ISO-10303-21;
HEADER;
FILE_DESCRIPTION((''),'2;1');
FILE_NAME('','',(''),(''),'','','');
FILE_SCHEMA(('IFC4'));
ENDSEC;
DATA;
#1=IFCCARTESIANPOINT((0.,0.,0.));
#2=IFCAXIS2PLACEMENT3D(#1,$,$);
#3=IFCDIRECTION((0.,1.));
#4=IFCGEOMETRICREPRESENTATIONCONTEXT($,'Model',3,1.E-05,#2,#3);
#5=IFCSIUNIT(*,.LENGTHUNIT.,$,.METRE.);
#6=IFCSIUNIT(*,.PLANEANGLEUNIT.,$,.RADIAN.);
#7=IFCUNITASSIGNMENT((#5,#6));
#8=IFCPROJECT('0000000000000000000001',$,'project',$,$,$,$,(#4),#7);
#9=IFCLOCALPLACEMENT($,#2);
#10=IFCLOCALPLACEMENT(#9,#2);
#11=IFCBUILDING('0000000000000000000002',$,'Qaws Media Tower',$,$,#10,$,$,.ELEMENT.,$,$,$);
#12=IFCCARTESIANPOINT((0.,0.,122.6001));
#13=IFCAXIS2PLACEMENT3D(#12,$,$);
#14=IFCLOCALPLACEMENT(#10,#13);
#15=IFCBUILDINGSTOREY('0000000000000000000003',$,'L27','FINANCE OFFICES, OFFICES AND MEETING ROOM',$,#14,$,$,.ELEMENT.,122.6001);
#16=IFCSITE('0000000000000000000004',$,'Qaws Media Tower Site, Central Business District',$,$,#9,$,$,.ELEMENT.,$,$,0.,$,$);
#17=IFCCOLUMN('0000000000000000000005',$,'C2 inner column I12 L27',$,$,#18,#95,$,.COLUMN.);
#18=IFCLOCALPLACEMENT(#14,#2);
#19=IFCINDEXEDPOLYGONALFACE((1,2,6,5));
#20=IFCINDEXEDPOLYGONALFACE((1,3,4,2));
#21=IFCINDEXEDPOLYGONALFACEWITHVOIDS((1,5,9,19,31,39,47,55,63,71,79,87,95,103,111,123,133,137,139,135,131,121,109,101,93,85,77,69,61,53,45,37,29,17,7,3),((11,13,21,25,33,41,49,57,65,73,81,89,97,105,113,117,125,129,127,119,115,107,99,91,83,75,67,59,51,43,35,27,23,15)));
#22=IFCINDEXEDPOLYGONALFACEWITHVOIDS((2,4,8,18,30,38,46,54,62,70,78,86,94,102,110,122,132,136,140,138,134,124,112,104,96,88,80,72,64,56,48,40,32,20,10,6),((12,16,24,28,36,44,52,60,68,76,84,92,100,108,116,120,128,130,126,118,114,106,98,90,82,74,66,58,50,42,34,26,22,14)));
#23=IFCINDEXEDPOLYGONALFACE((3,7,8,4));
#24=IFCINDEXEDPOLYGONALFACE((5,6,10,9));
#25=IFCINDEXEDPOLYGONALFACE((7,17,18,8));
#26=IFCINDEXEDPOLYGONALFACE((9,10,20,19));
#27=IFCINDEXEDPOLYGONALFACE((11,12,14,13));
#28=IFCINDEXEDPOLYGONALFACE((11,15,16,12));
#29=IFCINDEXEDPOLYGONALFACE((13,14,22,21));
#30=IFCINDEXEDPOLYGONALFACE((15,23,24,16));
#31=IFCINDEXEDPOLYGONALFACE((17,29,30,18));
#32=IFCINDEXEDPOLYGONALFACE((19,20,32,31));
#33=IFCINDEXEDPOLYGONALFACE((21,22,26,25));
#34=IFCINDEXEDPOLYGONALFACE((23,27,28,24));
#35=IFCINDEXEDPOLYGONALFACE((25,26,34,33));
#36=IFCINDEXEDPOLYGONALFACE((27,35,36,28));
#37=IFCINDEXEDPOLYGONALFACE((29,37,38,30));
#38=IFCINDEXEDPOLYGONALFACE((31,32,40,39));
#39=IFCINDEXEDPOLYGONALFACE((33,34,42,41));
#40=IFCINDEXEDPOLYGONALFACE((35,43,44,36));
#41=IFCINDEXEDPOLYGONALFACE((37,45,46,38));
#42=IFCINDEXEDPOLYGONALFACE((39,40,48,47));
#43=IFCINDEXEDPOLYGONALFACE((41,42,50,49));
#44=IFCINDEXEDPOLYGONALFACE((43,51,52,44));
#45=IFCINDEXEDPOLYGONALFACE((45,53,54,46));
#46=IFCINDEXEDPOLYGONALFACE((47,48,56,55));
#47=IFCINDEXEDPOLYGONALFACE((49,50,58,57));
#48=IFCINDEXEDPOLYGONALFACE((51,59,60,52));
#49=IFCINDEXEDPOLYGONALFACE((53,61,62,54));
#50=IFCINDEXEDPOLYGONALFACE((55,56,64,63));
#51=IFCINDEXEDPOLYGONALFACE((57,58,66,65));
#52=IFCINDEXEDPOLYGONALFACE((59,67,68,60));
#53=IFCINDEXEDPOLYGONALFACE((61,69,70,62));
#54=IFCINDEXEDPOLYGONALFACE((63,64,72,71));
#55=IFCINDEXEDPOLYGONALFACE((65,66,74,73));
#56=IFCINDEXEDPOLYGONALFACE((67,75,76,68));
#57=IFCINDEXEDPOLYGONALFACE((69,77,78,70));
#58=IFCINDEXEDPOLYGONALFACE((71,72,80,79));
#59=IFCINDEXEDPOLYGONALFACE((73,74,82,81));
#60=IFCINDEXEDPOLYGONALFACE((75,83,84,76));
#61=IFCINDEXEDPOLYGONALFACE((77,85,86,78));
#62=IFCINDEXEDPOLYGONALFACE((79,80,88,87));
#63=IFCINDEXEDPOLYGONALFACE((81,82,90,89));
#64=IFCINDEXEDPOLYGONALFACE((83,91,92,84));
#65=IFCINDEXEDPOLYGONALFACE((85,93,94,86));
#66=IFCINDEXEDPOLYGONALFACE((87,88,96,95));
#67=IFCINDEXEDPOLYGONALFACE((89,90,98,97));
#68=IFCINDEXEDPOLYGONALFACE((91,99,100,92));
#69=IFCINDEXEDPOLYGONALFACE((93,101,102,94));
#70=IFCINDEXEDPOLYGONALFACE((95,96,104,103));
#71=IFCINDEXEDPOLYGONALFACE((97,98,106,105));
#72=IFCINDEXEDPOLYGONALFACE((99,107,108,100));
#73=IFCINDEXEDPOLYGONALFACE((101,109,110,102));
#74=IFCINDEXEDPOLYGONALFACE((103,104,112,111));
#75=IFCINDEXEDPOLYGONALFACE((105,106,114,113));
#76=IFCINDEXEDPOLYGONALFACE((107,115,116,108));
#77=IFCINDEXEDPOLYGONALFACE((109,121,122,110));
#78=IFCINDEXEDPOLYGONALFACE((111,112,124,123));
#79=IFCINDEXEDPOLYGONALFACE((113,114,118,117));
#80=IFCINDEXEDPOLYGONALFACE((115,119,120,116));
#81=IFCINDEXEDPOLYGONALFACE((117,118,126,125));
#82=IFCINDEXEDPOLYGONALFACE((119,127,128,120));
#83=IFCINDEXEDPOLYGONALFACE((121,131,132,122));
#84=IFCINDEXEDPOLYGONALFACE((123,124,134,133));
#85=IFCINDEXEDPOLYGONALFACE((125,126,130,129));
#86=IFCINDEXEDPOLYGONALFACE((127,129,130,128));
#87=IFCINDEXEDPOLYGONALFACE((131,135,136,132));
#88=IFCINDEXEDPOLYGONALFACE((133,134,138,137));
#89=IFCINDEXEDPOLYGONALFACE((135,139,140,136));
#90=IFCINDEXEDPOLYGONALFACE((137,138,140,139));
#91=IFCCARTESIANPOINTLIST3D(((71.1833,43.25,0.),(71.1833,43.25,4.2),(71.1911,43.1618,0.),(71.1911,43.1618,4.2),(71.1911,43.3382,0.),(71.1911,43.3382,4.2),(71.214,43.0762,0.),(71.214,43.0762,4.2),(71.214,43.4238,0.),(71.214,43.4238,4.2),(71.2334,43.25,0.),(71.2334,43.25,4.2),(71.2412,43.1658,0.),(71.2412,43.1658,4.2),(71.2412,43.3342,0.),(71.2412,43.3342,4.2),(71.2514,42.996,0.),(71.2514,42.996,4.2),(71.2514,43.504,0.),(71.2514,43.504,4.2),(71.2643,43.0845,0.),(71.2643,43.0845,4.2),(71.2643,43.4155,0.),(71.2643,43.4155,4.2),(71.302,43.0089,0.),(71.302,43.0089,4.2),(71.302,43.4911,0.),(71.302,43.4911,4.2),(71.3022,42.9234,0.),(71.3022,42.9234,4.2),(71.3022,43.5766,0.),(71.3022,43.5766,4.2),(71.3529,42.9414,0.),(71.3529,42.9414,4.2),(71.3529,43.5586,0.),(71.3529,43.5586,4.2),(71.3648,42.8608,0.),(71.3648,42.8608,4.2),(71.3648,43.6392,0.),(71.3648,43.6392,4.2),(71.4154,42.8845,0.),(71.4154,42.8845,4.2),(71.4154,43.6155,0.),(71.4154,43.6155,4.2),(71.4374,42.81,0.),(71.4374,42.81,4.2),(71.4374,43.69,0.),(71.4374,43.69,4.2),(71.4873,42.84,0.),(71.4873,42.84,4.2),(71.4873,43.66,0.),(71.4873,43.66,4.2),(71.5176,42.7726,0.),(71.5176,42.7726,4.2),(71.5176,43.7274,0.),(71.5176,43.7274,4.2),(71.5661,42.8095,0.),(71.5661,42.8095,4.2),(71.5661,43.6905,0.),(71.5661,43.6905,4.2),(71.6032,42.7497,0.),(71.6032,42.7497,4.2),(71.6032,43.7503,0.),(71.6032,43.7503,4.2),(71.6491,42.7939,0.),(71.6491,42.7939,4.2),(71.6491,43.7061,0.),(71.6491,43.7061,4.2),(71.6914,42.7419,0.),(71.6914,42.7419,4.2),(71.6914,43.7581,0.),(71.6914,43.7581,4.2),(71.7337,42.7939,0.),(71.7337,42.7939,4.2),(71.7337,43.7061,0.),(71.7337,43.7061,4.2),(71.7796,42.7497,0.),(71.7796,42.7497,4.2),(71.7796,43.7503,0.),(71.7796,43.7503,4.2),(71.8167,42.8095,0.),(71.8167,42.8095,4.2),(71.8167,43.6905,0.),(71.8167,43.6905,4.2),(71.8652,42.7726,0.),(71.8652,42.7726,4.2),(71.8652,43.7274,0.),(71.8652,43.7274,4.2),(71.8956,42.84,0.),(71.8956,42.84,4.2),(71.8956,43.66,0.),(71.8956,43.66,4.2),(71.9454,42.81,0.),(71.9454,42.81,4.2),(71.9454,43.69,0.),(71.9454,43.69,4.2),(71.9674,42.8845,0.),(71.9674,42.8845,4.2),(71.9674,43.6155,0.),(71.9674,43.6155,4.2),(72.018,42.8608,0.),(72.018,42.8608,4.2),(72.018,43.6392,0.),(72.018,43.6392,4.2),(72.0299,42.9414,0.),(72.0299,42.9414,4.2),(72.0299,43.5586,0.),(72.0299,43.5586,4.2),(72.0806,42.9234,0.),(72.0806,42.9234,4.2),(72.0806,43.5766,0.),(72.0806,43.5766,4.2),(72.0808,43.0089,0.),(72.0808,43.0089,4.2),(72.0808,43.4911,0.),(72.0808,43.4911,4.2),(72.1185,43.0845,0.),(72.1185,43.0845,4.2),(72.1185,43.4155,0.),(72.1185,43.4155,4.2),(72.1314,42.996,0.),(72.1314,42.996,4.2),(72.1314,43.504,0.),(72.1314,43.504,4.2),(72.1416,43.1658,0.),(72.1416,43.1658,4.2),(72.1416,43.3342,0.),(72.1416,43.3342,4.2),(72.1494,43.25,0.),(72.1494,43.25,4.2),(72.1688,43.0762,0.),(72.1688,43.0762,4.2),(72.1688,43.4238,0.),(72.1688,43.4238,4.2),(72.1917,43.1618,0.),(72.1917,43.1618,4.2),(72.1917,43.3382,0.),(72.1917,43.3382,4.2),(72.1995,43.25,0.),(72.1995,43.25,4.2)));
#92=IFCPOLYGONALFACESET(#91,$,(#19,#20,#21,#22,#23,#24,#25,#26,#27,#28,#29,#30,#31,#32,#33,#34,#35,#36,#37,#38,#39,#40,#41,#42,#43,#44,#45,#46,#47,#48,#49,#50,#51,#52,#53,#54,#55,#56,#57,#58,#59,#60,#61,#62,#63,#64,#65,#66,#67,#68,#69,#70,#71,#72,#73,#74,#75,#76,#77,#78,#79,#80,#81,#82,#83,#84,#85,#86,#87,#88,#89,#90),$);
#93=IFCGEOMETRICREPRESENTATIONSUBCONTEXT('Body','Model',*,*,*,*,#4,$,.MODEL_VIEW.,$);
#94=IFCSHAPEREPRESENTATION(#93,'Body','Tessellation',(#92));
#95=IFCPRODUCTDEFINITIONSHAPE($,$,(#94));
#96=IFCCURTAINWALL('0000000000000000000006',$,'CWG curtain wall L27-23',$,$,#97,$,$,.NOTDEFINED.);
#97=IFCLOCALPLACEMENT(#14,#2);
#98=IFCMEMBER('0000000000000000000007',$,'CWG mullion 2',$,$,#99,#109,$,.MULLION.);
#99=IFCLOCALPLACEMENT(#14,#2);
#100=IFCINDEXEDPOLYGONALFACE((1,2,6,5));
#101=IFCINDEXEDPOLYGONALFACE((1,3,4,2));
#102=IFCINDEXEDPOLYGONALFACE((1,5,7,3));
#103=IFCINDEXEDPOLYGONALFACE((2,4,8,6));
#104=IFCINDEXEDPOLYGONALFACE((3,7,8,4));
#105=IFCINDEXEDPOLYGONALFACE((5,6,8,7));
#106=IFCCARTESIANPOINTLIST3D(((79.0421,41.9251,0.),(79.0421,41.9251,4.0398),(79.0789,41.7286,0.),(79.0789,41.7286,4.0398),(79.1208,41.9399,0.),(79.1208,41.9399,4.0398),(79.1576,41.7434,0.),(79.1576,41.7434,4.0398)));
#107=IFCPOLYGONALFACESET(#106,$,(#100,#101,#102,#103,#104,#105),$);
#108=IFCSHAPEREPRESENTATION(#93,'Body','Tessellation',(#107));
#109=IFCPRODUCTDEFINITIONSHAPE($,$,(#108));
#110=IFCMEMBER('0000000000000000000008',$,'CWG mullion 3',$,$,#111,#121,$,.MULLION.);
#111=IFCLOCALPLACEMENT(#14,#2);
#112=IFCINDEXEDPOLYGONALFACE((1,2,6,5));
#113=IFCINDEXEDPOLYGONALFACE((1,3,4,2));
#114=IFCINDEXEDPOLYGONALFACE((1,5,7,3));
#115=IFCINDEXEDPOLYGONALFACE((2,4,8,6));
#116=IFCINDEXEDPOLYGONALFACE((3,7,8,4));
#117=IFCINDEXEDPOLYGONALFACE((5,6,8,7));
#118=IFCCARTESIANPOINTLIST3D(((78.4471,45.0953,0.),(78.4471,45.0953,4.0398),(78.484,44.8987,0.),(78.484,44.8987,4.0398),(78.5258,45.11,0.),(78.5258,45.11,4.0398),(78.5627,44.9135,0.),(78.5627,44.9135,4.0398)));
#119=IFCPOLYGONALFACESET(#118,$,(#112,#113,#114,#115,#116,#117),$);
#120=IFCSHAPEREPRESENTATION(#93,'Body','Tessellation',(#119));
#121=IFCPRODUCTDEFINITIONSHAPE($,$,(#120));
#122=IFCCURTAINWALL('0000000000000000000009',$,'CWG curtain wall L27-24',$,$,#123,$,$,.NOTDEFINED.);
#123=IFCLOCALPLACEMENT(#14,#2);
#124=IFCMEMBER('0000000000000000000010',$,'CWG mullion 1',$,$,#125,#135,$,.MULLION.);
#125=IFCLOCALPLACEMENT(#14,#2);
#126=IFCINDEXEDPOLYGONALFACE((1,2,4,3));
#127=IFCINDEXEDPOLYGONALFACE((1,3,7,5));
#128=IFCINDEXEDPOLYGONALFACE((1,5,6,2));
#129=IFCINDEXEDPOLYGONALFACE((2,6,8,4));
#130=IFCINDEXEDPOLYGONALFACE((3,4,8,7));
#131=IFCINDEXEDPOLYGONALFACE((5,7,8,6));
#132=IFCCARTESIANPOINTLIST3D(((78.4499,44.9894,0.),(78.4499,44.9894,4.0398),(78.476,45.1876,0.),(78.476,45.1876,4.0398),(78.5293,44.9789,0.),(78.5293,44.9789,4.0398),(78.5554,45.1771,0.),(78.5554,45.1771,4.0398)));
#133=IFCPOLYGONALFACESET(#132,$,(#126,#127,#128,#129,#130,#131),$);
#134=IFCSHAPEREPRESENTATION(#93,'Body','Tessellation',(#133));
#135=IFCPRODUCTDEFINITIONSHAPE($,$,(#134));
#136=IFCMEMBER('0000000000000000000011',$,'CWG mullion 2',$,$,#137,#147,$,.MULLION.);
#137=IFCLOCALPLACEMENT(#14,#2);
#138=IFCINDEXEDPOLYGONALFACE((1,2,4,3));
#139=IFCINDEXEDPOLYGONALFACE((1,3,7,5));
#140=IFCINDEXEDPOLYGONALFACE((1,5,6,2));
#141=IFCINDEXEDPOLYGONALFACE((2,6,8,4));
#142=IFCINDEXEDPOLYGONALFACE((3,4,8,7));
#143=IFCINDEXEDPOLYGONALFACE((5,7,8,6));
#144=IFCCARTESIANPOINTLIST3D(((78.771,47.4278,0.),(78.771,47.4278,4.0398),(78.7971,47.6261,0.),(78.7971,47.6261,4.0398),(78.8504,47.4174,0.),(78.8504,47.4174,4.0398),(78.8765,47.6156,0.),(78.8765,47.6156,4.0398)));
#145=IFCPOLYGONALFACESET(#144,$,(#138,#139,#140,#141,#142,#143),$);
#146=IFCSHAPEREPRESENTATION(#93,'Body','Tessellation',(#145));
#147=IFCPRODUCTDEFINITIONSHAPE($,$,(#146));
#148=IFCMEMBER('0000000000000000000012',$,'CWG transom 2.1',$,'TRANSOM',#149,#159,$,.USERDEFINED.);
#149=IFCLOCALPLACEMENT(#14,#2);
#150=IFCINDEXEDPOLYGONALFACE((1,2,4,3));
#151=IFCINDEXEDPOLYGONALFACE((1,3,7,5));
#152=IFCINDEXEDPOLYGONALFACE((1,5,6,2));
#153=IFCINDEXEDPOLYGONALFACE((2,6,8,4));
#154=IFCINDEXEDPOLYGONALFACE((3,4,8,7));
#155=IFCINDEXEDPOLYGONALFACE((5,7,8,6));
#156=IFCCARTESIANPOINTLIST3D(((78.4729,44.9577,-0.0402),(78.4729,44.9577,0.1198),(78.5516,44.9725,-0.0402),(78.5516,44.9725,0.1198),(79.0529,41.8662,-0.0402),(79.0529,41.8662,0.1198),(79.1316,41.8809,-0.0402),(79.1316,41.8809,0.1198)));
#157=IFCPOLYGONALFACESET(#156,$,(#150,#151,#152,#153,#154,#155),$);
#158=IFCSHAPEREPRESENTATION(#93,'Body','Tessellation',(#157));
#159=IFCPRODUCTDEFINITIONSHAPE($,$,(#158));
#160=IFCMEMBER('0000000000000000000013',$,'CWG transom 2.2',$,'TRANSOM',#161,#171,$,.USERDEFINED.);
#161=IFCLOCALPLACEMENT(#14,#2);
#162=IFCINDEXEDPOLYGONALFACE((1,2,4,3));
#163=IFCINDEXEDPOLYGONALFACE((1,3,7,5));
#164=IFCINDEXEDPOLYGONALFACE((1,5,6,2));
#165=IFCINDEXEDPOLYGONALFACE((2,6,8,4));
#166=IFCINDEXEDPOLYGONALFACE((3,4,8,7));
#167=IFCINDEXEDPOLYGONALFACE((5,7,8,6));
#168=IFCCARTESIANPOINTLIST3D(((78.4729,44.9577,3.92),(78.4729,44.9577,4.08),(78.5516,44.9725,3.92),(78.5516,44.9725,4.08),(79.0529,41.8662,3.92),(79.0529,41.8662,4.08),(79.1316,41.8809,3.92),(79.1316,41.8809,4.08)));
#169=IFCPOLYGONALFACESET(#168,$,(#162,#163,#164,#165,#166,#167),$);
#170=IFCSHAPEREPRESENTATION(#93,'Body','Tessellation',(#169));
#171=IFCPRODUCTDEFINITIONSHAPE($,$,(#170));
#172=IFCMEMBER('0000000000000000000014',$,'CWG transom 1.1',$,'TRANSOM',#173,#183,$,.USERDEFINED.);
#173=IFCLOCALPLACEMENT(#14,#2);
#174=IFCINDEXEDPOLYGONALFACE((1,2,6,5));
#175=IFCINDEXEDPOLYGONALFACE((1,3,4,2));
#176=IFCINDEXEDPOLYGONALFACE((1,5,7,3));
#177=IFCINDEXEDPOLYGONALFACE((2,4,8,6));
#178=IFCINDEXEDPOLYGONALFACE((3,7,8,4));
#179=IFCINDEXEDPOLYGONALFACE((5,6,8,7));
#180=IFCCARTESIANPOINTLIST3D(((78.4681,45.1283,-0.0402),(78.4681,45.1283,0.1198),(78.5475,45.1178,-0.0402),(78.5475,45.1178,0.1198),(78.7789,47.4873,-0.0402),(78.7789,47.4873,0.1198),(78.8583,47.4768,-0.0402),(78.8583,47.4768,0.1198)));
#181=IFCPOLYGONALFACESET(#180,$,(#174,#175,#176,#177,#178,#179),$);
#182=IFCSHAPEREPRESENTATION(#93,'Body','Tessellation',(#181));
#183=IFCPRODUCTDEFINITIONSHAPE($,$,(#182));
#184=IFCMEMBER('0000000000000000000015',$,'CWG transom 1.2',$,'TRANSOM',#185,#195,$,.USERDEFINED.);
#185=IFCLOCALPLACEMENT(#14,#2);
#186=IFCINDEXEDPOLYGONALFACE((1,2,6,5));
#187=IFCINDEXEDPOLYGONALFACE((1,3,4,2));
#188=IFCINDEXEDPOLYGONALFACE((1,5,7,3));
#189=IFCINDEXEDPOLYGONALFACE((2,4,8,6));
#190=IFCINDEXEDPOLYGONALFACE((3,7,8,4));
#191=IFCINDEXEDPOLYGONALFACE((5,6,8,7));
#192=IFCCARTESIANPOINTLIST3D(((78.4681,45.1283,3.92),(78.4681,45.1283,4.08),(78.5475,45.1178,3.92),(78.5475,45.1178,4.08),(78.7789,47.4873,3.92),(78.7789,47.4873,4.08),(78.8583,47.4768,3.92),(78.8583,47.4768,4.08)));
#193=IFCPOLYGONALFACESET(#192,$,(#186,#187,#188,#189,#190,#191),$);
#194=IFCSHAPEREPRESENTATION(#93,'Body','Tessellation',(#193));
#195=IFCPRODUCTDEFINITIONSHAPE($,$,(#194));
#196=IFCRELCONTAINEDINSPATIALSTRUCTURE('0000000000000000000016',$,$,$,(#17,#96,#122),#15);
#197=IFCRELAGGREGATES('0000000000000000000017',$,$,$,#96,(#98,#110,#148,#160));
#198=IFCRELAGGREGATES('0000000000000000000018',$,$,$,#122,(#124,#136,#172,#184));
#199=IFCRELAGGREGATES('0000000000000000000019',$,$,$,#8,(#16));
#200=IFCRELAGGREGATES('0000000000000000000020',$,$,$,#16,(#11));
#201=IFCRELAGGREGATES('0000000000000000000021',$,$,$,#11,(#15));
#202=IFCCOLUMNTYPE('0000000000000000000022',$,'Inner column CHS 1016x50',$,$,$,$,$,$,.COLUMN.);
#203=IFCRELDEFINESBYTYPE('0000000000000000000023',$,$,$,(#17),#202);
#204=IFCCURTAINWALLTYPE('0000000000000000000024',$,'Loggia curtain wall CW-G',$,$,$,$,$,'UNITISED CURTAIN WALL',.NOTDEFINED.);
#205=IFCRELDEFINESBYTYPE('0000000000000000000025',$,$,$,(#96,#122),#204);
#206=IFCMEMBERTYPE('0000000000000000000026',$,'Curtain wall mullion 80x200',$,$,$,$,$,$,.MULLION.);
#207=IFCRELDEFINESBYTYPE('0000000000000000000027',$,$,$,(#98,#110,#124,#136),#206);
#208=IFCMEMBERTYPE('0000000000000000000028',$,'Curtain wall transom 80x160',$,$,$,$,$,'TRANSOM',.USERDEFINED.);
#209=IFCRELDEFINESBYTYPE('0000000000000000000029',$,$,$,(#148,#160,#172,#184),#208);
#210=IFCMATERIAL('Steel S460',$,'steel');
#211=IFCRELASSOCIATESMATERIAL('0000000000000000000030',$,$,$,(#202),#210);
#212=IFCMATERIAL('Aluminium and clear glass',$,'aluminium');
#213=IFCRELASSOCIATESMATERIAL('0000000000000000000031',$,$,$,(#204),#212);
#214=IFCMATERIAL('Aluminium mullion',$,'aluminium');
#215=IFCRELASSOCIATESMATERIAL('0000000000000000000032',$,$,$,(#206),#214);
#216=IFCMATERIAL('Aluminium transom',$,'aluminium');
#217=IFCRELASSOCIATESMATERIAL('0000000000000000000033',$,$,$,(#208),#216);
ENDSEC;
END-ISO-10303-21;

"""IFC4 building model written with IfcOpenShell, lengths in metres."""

from ifc_helpers import new_model, si_unit, direction, frame, origin, origin_2d, place, context, subcontext, project, spatial, rectangle, hollow_circle, extrude, material, material_profile, profile_set, type_object, element, aggregate, save


model = new_model("IFC4")

# Units and contexts
model_context = context("Model", 3, precision=1e-05, world=origin(), true_north=direction((0.0, 1.0)))
body_context = subcontext(model_context, "Body", "Model", "MODEL_VIEW")
ifc_project = project(units=[si_unit("LENGTHUNIT", "METRE"), si_unit("PLANEANGLEUNIT", "RADIAN")], contexts=[model_context])

# Site, building, storey
site_placement = place(None, origin())
site = spatial("IfcSite", under=ifc_project, at=site_placement, Name="Qaws Media Tower Site, Central Business District", CompositionType="ELEMENT", RefElevation=0.0)
building_placement = place(site_placement, origin())
building = spatial("IfcBuilding", under=site, at=building_placement, Name="Qaws Media Tower", CompositionType="ELEMENT")
storey_placement = place(building_placement, frame((0.0, 0.0, 122.6001)))
storey = spatial("IfcBuildingStorey", under=building, at=storey_placement, Name="L27", Description="FINANCE OFFICES, OFFICES AND MEETING ROOM", CompositionType="ELEMENT", Elevation=122.6001)

# Column
ifc_material_1 = material(Name="Steel S460", Category="steel")
ifc_material_profile_1 = material_profile(ifc_material_1, hollow_circle(Radius=0.5081, WallThickness=0.05, at=origin_2d()), Name="CHS 1016x50")
ifc_profile_set_1 = profile_set([ifc_material_profile_1], Name="Steel S460")
column_type = type_object("IfcColumnType", Name="Inner column CHS 1016x50", PredefinedType="COLUMN", material=ifc_profile_set_1)
column_placement = place(storey_placement, frame((71.6914, 43.25, 0.0), z_axis=(0.0, 0.0, 1.0), x_axis=(1.0, 0.0, 0.0)))
element("IfcColumn", 1, at=column_placement, inside=storey, type_object=column_type, Name="C2 inner column I12 L27", PredefinedType="COLUMN", context=body_context, shape_type="SweptSolid", body=[
    extrude(hollow_circle(Radius=0.5081, WallThickness=0.05, at=origin_2d()), origin(), (0.0, 0.0, 1.0), 4.2),
])

# Curtain walls, members
ifc_material_2 = material(Name="Aluminium and clear glass", Category="aluminium")
curtain_wall_type = type_object("IfcCurtainWallType", Name="Loggia curtain wall CW-G", ElementType="UNITISED CURTAIN WALL", PredefinedType="NOTDEFINED", material=ifc_material_2)
curtain_wall_1_placement = place(storey_placement, origin())
curtain_wall_1 = element("IfcCurtainWall", 2, at=curtain_wall_1_placement, inside=storey, type_object=curtain_wall_type, Name="CWG curtain wall L27-23", PredefinedType="NOTDEFINED")
ifc_material_3 = material(Name="Aluminium mullion", Category="aluminium")
ifc_material_profile_2 = material_profile(ifc_material_3, rectangle(XDim=0.0801, YDim=0.2, at=origin_2d()), Name="80x200")
ifc_profile_set_2 = profile_set([ifc_material_profile_2], Name="Aluminium mullion")
member_type_1 = type_object("IfcMemberType", Name="Curtain wall mullion 80x200", PredefinedType="MULLION", material=ifc_profile_set_2)
member_1_placement = place(storey_placement, frame((79.0999, 41.8342, 0.0), z_axis=(0.0, 0.0, 1.0), x_axis=(-0.982841, -0.184452, 0.0)))
member_1 = element("IfcMember", 3, at=member_1_placement, type_object=member_type_1, Name="CWG mullion 2", PredefinedType="MULLION", context=body_context, shape_type="SweptSolid", body=[
    extrude(rectangle(XDim=0.0801, YDim=0.2, at=origin_2d()), origin(), (0.0, 0.0, 1.0), 4.0398),
])
member_2_placement = place(storey_placement, frame((78.5049, 45.0044, 0.0), z_axis=(0.0, 0.0, 1.0), x_axis=(-0.982841, -0.184452, 0.0)))
member_2 = element("IfcMember", 4, at=member_2_placement, type_object=member_type_1, Name="CWG mullion 3", PredefinedType="MULLION", context=body_context, shape_type="SweptSolid", body=[
    extrude(rectangle(XDim=0.0801, YDim=0.2, at=origin_2d()), origin(), (0.0, 0.0, 1.0), 4.0398),
])
curtain_wall_2_placement = place(storey_placement, origin())
curtain_wall_2 = element("IfcCurtainWall", 5, at=curtain_wall_2_placement, inside=storey, type_object=curtain_wall_type, Name="CWG curtain wall L27-24", PredefinedType="NOTDEFINED")
member_3_placement = place(storey_placement, frame((78.5027, 45.0833, 0.0), z_axis=(0.0, 0.0, 1.0), x_axis=(-0.991445, 0.130526, 0.0)))
member_3 = element("IfcMember", 6, at=member_3_placement, type_object=member_type_1, Name="CWG mullion 1", PredefinedType="MULLION", context=body_context, shape_type="SweptSolid", body=[
    extrude(rectangle(XDim=0.0801, YDim=0.2, at=origin_2d()), origin(), (0.0, 0.0, 1.0), 4.0398),
])
member_4_placement = place(storey_placement, frame((78.8237, 47.5217, 0.0), z_axis=(0.0, 0.0, 1.0), x_axis=(-0.991445, 0.130526, 0.0)))
member_4 = element("IfcMember", 7, at=member_4_placement, type_object=member_type_1, Name="CWG mullion 2", PredefinedType="MULLION", context=body_context, shape_type="SweptSolid", body=[
    extrude(rectangle(XDim=0.0801, YDim=0.2, at=origin_2d()), origin(), (0.0, 0.0, 1.0), 4.0398),
])

# Members
ifc_material_4 = material(Name="Aluminium transom", Category="aluminium")
ifc_material_profile_3 = material_profile(ifc_material_4, rectangle(XDim=0.0801, YDim=0.1599, at=origin_2d()), Name="80x160")
ifc_profile_set_3 = profile_set([ifc_material_profile_3], Name="Aluminium transom")
member_type_2 = type_object("IfcMemberType", Name="Curtain wall transom 80x160", ElementType="TRANSOM", PredefinedType="USERDEFINED", material=ifc_profile_set_3)
member_5_placement = place(storey_placement, frame((79.0923, 41.8735, 0.0398), z_axis=(-0.184415, 0.982848, 0.0), x_axis=(-0.982848, -0.184415, 0.0)))
member_5 = element("IfcMember", 8, at=member_5_placement, type_object=member_type_2, Name="CWG transom 2.1", ObjectType="TRANSOM", PredefinedType="USERDEFINED", context=body_context, shape_type="SweptSolid", body=[
    extrude(rectangle(XDim=0.0801, YDim=0.1599, at=origin_2d()), origin(), (0.0, 0.0, 1.0), 3.1455),
])
member_6_placement = place(storey_placement, frame((79.0923, 41.8735, 4.0), z_axis=(-0.184415, 0.982848, 0.0), x_axis=(-0.982848, -0.184415, 0.0)))
member_6 = element("IfcMember", 9, at=member_6_placement, type_object=member_type_2, Name="CWG transom 2.2", ObjectType="TRANSOM", PredefinedType="USERDEFINED", context=body_context, shape_type="SweptSolid", body=[
    extrude(rectangle(XDim=0.0801, YDim=0.1599, at=origin_2d()), origin(), (0.0, 0.0, 1.0), 3.1455),
])
member_7_placement = place(storey_placement, frame((78.5078, 45.123, 0.0398), z_axis=(0.130611, 0.991434, 0.0), x_axis=(-0.991434, 0.130611, 0.0)))
member_7 = element("IfcMember", 10, at=member_7_placement, type_object=member_type_2, Name="CWG transom 1.1", ObjectType="TRANSOM", PredefinedType="USERDEFINED", context=body_context, shape_type="SweptSolid", body=[
    extrude(rectangle(XDim=0.0801, YDim=0.1599, at=origin_2d()), origin(), (0.0, 0.0, 1.0), 2.3794),
])
member_8_placement = place(storey_placement, frame((78.5078, 45.123, 4.0), z_axis=(0.130611, 0.991434, 0.0), x_axis=(-0.991434, 0.130611, 0.0)))
member_8 = element("IfcMember", 11, at=member_8_placement, type_object=member_type_2, Name="CWG transom 1.2", ObjectType="TRANSOM", PredefinedType="USERDEFINED", context=body_context, shape_type="SweptSolid", body=[
    extrude(rectangle(XDim=0.0801, YDim=0.1599, at=origin_2d()), origin(), (0.0, 0.0, 1.0), 2.3794),
])

aggregate(curtain_wall_1, [member_1, member_2, member_5, member_6])
aggregate(curtain_wall_2, [member_3, member_4, member_7, member_8])

save(model, "model.ifc")
